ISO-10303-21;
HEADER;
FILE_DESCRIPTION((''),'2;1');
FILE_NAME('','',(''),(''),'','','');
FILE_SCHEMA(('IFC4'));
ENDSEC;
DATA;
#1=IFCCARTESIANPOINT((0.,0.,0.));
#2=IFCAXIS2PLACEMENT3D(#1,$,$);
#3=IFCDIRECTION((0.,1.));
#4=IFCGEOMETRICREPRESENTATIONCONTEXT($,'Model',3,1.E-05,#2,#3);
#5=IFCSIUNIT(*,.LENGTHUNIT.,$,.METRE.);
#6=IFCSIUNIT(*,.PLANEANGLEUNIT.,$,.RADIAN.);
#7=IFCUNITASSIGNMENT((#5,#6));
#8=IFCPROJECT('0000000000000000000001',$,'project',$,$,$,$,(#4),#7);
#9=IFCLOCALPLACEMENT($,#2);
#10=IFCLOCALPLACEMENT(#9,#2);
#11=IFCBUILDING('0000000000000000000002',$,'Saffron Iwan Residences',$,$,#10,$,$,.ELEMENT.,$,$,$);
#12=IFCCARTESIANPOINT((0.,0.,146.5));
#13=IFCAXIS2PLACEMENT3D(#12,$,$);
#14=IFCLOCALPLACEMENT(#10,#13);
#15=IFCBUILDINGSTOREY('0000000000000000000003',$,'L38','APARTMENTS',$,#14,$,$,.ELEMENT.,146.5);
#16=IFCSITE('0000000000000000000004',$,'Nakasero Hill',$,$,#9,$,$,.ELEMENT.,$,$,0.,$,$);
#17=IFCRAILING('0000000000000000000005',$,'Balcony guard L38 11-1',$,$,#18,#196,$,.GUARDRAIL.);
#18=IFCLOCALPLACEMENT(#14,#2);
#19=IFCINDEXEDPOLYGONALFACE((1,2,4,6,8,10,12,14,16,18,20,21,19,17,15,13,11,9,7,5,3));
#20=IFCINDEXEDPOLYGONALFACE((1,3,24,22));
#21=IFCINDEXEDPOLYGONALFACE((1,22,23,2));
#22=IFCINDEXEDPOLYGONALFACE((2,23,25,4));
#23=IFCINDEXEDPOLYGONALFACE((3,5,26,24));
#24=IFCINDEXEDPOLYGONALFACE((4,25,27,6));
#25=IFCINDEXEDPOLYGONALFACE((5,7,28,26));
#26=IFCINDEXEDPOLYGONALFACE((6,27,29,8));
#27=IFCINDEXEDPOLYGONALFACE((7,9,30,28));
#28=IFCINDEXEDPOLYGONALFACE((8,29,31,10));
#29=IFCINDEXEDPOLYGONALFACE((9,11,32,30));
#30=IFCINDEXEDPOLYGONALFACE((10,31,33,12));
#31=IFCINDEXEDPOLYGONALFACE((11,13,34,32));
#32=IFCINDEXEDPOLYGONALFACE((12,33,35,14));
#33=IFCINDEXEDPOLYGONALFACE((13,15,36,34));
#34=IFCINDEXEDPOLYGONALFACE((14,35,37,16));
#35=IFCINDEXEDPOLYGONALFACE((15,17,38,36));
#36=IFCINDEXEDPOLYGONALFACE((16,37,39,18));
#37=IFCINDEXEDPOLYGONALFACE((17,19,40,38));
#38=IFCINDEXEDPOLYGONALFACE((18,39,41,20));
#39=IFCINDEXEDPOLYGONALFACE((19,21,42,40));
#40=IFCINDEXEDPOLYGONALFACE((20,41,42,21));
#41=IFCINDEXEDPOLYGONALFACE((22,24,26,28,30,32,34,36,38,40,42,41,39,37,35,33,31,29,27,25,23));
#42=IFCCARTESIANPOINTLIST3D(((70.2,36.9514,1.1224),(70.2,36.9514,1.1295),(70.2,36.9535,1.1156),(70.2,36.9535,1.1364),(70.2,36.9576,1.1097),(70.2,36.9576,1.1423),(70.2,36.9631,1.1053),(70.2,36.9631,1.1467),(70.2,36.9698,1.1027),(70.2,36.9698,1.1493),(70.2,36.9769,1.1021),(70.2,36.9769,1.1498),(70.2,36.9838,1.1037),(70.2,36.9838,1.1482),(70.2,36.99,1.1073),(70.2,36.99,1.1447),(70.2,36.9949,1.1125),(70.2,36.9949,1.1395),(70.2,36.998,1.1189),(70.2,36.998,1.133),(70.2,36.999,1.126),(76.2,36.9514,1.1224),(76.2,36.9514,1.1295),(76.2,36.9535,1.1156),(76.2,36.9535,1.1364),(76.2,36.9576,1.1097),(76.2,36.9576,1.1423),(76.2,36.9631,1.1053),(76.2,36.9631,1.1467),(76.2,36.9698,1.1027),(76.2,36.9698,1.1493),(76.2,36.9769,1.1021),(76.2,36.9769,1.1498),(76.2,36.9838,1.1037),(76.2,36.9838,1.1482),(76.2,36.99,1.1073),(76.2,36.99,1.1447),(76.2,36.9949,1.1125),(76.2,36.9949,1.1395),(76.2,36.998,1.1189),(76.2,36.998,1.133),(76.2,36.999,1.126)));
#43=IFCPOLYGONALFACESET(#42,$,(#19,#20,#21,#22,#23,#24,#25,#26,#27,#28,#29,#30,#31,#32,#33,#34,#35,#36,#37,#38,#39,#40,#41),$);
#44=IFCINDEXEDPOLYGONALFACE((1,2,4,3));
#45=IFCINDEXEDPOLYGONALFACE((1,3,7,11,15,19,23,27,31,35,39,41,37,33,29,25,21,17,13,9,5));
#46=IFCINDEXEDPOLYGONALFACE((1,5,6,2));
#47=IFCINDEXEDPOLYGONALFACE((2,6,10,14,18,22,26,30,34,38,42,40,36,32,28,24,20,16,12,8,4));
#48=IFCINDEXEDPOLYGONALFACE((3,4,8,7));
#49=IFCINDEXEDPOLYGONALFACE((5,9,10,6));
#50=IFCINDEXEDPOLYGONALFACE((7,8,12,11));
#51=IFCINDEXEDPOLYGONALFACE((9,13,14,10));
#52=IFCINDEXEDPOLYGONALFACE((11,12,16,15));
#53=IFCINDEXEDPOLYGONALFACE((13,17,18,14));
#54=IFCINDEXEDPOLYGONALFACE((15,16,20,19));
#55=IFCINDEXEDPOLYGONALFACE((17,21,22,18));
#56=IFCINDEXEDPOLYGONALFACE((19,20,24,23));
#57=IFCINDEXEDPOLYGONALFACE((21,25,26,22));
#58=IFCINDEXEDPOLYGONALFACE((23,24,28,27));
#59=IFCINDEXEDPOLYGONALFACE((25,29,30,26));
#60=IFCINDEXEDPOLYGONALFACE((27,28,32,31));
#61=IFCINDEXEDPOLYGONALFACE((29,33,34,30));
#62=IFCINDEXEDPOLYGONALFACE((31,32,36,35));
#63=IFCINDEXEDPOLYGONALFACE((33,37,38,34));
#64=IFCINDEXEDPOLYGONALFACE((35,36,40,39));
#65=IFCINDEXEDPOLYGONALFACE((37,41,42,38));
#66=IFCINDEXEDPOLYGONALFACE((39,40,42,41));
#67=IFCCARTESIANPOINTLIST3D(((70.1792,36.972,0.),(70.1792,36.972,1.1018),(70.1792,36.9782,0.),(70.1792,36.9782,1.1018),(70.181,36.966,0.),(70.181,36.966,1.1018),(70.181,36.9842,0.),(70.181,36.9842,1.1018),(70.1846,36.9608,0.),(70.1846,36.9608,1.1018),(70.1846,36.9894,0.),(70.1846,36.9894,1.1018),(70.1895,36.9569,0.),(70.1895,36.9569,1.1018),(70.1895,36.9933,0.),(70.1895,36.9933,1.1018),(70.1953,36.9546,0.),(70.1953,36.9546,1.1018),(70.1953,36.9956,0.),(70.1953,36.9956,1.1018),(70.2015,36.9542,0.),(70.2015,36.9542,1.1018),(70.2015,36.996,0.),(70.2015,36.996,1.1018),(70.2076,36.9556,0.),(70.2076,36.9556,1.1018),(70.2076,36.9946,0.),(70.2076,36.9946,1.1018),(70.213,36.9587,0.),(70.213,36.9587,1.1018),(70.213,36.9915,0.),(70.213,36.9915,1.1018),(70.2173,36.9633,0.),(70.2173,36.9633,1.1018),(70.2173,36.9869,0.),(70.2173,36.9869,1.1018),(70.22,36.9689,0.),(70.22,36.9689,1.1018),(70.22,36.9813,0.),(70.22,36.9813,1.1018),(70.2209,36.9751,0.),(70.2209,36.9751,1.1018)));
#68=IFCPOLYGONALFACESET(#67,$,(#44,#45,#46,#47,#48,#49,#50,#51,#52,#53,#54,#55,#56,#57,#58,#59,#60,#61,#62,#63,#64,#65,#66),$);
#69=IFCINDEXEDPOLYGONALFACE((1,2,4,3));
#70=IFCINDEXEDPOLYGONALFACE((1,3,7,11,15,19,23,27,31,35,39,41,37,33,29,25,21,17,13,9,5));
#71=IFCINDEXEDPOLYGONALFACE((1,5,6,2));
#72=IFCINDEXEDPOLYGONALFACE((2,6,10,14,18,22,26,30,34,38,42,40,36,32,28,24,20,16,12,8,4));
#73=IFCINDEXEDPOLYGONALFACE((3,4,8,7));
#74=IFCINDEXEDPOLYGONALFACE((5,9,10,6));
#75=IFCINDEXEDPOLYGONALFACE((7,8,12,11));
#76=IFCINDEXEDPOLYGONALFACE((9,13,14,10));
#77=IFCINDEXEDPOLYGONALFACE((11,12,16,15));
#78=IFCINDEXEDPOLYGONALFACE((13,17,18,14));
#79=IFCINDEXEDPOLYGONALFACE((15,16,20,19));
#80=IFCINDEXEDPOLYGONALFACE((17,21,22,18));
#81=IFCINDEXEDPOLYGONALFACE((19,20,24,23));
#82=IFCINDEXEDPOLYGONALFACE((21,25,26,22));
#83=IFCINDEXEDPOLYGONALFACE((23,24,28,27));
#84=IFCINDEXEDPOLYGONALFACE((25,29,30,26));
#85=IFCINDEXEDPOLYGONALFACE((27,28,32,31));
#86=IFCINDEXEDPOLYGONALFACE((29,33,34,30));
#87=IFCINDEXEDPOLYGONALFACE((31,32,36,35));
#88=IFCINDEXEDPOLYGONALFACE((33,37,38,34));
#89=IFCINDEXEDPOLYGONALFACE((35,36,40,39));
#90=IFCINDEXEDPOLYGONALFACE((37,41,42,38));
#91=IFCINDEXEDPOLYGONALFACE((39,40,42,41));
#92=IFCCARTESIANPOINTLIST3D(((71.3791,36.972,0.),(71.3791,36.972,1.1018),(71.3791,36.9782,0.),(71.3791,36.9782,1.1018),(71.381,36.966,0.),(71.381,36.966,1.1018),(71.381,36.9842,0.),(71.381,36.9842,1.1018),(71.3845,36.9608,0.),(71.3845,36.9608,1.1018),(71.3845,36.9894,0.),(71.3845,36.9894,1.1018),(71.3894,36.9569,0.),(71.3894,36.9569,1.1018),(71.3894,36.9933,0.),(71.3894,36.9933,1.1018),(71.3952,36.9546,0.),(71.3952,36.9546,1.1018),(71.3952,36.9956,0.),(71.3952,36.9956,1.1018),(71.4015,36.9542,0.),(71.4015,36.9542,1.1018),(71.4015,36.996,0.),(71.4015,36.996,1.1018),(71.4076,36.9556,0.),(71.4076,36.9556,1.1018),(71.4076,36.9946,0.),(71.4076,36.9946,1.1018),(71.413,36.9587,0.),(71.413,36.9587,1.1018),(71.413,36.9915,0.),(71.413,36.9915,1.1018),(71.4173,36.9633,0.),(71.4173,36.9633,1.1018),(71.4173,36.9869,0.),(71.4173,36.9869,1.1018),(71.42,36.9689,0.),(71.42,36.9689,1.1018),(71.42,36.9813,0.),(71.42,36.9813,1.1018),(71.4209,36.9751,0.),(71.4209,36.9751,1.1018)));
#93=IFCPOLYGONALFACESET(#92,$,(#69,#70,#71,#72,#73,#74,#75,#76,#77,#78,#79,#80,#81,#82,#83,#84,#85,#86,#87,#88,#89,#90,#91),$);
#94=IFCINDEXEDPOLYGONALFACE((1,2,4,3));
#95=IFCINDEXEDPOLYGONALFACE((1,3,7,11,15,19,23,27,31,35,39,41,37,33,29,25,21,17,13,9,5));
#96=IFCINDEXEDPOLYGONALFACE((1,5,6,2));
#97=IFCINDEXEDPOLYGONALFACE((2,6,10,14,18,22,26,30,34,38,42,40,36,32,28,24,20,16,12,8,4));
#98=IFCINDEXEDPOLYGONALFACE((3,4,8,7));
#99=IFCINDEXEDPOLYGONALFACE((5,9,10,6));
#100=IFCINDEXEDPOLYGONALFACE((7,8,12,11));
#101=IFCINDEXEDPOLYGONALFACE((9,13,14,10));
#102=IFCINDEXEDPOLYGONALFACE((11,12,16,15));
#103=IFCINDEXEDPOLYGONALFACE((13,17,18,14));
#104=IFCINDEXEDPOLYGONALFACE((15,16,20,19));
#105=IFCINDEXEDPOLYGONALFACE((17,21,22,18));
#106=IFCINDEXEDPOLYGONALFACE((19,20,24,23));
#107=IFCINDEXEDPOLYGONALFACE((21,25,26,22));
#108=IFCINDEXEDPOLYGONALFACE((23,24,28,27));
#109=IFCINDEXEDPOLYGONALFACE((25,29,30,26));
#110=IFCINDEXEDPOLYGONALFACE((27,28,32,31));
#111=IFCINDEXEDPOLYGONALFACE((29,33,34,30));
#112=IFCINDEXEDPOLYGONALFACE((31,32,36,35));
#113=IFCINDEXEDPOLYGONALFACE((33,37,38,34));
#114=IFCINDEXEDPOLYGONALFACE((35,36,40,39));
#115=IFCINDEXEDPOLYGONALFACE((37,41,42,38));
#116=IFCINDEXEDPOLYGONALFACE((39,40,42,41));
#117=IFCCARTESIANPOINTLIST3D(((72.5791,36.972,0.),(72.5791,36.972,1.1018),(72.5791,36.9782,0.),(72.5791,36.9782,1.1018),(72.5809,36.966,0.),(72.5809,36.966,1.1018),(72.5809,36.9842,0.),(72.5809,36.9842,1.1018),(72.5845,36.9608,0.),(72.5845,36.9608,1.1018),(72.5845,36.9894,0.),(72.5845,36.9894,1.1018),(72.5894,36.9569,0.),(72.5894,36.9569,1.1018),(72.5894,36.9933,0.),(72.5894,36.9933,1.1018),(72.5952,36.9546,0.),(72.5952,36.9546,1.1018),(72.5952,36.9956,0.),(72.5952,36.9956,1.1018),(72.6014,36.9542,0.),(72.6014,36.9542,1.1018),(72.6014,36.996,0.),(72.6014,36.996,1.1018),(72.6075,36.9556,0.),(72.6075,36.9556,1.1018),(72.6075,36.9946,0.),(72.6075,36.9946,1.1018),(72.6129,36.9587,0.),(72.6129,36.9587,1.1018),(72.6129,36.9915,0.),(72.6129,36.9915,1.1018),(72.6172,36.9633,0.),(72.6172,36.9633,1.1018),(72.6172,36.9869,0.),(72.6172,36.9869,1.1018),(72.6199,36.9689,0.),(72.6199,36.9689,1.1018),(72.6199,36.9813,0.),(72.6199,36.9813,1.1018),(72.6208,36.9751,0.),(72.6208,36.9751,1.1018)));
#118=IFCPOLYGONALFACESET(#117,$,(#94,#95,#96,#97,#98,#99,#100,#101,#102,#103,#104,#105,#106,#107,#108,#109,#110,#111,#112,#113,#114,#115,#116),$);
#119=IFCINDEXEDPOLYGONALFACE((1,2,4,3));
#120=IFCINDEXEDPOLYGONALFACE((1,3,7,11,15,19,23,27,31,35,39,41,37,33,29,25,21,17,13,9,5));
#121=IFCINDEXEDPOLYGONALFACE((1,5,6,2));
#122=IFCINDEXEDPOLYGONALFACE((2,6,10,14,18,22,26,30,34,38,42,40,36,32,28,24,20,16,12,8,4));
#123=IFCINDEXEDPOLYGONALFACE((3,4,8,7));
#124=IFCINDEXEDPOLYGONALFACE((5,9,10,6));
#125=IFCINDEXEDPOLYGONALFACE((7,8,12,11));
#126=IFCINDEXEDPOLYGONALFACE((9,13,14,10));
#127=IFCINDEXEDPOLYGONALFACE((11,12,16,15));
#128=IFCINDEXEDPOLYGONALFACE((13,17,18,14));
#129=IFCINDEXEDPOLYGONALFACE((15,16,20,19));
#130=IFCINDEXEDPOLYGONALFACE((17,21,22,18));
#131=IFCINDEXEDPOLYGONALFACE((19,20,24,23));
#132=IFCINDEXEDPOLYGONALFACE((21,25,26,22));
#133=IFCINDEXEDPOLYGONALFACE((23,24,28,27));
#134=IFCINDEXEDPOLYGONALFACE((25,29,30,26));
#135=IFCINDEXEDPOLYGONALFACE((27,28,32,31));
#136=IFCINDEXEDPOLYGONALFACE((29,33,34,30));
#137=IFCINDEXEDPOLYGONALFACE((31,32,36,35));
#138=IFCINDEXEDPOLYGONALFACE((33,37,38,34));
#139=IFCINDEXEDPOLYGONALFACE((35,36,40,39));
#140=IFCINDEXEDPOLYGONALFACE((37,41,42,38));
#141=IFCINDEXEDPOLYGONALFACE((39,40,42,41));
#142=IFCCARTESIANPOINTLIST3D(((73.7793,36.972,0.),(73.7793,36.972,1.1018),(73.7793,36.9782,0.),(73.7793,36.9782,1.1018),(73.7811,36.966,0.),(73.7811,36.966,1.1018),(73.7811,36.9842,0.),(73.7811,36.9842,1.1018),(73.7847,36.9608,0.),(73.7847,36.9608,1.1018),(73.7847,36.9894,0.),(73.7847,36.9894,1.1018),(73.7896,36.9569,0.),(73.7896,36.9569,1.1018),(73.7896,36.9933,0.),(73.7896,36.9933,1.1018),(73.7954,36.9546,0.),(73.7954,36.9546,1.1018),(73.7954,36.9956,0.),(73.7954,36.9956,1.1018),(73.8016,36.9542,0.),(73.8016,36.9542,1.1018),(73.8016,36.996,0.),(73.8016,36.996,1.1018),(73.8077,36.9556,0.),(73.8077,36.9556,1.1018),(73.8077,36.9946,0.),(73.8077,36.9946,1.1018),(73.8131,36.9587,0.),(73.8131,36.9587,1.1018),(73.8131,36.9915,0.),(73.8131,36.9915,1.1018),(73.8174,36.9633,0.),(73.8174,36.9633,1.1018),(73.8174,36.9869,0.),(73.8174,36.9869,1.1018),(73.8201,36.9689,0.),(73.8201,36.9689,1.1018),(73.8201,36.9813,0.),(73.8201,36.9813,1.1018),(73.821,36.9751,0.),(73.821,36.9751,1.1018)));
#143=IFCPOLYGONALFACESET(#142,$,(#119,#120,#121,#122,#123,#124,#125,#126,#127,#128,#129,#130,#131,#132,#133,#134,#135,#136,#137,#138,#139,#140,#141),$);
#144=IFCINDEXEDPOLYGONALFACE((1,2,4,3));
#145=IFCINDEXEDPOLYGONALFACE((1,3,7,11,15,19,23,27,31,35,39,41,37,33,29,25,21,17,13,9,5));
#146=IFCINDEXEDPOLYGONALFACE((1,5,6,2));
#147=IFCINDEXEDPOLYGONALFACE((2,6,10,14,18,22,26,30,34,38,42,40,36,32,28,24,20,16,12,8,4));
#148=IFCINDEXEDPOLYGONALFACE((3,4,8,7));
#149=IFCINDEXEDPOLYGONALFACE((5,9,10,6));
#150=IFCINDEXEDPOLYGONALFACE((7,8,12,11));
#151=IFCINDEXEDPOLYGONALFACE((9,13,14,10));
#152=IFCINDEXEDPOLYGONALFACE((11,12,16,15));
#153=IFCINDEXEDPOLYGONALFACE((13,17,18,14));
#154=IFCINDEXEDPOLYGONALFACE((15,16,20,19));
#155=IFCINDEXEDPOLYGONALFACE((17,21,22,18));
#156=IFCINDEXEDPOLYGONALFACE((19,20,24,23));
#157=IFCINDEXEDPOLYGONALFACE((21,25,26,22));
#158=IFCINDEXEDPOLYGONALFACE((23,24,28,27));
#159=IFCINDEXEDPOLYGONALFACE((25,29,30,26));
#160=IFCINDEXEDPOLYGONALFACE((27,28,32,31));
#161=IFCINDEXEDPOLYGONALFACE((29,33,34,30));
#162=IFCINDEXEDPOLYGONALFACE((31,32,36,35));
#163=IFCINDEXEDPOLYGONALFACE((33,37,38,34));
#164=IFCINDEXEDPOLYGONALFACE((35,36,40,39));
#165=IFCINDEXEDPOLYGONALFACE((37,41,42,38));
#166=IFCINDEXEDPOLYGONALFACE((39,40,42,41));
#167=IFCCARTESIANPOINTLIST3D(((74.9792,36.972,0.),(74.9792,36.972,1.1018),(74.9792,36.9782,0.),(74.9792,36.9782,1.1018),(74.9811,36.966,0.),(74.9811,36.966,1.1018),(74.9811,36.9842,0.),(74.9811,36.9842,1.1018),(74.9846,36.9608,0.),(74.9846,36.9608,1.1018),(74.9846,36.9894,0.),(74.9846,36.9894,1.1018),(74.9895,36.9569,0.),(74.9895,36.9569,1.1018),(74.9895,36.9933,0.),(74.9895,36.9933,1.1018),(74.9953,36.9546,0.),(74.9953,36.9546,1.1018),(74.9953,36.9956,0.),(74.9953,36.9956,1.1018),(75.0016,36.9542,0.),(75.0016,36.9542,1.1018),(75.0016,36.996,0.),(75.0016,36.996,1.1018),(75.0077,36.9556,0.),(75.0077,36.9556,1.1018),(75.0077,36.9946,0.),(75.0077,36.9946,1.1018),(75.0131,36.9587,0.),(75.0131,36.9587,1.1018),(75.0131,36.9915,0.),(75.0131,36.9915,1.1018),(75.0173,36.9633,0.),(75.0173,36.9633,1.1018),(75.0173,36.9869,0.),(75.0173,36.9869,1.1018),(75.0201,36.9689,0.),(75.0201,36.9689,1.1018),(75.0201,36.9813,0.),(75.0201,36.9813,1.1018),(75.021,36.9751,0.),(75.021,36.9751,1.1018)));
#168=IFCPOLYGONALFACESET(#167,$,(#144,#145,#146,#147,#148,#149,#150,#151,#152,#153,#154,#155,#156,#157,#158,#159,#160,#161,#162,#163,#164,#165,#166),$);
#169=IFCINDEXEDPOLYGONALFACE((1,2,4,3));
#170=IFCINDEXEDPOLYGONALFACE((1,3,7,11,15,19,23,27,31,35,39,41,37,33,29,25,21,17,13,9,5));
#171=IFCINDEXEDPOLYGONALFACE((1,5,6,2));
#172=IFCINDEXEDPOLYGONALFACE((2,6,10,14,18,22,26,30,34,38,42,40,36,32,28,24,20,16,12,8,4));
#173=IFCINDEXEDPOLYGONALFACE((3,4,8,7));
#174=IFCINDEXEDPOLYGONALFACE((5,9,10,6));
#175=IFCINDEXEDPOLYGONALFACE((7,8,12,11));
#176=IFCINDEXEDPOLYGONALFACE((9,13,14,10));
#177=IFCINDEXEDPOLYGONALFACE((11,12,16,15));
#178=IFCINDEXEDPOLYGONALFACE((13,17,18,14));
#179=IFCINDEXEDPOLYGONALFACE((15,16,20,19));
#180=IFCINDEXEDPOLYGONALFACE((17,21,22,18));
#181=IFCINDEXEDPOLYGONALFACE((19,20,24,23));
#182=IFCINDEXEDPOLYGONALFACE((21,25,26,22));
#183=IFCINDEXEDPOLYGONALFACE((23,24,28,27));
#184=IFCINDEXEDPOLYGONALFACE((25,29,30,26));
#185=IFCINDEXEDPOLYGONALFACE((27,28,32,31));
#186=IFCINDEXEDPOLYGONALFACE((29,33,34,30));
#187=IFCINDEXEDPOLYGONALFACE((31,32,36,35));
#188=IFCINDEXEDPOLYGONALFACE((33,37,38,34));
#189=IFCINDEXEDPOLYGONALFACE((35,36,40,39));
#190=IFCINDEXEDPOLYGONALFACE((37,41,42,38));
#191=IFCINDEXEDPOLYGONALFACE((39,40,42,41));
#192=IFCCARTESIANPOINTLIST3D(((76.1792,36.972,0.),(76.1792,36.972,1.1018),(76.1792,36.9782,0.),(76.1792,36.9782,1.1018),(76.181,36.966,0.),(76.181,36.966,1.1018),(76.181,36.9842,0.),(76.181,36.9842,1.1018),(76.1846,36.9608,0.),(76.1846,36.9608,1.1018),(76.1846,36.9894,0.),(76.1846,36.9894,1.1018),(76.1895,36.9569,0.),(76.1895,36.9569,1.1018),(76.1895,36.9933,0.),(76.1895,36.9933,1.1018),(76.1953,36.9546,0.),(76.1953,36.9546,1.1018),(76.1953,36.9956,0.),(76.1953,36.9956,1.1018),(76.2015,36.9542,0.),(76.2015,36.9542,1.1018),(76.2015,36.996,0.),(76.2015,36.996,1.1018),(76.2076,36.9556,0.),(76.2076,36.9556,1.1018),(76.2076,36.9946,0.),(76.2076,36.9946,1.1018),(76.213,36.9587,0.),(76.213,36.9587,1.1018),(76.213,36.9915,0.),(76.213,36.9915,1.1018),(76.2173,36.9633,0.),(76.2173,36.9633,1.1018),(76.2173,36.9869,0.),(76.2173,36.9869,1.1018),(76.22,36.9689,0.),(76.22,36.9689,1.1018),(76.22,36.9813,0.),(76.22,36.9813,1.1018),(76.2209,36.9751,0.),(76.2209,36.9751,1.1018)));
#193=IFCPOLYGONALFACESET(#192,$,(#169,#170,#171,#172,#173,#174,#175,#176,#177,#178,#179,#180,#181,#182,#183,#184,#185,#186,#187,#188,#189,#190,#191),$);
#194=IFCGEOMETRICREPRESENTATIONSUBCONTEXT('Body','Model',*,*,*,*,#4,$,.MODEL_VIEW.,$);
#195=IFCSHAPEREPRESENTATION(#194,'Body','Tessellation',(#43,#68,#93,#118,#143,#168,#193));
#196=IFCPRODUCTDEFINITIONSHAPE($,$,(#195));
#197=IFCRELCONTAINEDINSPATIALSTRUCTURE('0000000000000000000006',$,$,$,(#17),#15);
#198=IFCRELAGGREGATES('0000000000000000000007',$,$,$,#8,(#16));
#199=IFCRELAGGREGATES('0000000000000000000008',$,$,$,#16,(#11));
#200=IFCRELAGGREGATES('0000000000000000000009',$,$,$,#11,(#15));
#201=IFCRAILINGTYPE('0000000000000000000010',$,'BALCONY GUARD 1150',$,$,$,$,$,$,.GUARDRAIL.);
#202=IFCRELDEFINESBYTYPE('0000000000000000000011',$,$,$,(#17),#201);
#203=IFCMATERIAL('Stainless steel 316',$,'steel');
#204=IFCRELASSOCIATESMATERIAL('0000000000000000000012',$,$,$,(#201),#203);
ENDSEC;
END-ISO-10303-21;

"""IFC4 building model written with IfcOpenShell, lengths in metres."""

from ifc_helpers import new_model, si_unit, direction, frame, origin, origin_2d, place, context, subcontext, project, spatial, circle, extrude, material, type_object, element, save


model = new_model("IFC4")

# Units and contexts
model_context = context("Model", 3, precision=1e-05, world=origin(), true_north=direction((0.0, 1.0)))
body_context = subcontext(model_context, "Body", "Model", "MODEL_VIEW")
ifc_project = project(units=[si_unit("LENGTHUNIT", "METRE"), si_unit("PLANEANGLEUNIT", "RADIAN")], contexts=[model_context])

# Site, building, storey
site_placement = place(None, origin())
site = spatial("IfcSite", under=ifc_project, at=site_placement, Name="Nakasero Hill", CompositionType="ELEMENT", RefElevation=0.0)
building_placement = place(site_placement, origin())
building = spatial("IfcBuilding", under=site, at=building_placement, Name="Saffron Iwan Residences", CompositionType="ELEMENT")
storey_placement = place(building_placement, frame((0.0, 0.0, 146.5)))
storey = spatial("IfcBuildingStorey", under=building, at=storey_placement, Name="L38", Description="APARTMENTS", CompositionType="ELEMENT", Elevation=146.5)

# Railing
ifc_material_1 = material(Name="Stainless steel 316", Category="steel")
railing_type = type_object("IfcRailingType", Name="BALCONY GUARD 1150", PredefinedType="GUARDRAIL", material=ifc_material_1)
railing_placement = place(storey_placement, frame((70.2, 36.9751, 0.0)))
element("IfcRailing", 1, at=railing_placement, inside=storey, type_object=railing_type, Name="Balcony guard L38 11-1", PredefinedType="GUARDRAIL", context=body_context, shape_type="SweptSolid", body=[
    extrude(circle(Radius=0.0239, at=origin_2d()), frame((0.0, 0.0, 1.126), z_axis=(1.0, 0.0, 0.0), x_axis=(0.0, 1.0, 0.0)), (0.0, 0.0, 1.0), 6.0),
    extrude(circle(Radius=0.021, at=origin_2d()), origin(), (0.0, 0.0, 1.0), 1.1018),
    extrude(circle(Radius=0.021, at=origin_2d()), frame((1.2, 0.0, 0.0)), (0.0, 0.0, 1.0), 1.1018),
    extrude(circle(Radius=0.021, at=origin_2d()), frame((2.3999, 0.0, 0.0)), (0.0, 0.0, 1.0), 1.1018),
    extrude(circle(Radius=0.021, at=origin_2d()), frame((3.6001, 0.0, 0.0)), (0.0, 0.0, 1.0), 1.1018),
    extrude(circle(Radius=0.021, at=origin_2d()), frame((4.8, 0.0, 0.0)), (0.0, 0.0, 1.0), 1.1018),
    extrude(circle(Radius=0.021, at=origin_2d()), frame((6.0, 0.0, 0.0)), (0.0, 0.0, 1.0), 1.1018),
])

save(model, "model.ifc")
